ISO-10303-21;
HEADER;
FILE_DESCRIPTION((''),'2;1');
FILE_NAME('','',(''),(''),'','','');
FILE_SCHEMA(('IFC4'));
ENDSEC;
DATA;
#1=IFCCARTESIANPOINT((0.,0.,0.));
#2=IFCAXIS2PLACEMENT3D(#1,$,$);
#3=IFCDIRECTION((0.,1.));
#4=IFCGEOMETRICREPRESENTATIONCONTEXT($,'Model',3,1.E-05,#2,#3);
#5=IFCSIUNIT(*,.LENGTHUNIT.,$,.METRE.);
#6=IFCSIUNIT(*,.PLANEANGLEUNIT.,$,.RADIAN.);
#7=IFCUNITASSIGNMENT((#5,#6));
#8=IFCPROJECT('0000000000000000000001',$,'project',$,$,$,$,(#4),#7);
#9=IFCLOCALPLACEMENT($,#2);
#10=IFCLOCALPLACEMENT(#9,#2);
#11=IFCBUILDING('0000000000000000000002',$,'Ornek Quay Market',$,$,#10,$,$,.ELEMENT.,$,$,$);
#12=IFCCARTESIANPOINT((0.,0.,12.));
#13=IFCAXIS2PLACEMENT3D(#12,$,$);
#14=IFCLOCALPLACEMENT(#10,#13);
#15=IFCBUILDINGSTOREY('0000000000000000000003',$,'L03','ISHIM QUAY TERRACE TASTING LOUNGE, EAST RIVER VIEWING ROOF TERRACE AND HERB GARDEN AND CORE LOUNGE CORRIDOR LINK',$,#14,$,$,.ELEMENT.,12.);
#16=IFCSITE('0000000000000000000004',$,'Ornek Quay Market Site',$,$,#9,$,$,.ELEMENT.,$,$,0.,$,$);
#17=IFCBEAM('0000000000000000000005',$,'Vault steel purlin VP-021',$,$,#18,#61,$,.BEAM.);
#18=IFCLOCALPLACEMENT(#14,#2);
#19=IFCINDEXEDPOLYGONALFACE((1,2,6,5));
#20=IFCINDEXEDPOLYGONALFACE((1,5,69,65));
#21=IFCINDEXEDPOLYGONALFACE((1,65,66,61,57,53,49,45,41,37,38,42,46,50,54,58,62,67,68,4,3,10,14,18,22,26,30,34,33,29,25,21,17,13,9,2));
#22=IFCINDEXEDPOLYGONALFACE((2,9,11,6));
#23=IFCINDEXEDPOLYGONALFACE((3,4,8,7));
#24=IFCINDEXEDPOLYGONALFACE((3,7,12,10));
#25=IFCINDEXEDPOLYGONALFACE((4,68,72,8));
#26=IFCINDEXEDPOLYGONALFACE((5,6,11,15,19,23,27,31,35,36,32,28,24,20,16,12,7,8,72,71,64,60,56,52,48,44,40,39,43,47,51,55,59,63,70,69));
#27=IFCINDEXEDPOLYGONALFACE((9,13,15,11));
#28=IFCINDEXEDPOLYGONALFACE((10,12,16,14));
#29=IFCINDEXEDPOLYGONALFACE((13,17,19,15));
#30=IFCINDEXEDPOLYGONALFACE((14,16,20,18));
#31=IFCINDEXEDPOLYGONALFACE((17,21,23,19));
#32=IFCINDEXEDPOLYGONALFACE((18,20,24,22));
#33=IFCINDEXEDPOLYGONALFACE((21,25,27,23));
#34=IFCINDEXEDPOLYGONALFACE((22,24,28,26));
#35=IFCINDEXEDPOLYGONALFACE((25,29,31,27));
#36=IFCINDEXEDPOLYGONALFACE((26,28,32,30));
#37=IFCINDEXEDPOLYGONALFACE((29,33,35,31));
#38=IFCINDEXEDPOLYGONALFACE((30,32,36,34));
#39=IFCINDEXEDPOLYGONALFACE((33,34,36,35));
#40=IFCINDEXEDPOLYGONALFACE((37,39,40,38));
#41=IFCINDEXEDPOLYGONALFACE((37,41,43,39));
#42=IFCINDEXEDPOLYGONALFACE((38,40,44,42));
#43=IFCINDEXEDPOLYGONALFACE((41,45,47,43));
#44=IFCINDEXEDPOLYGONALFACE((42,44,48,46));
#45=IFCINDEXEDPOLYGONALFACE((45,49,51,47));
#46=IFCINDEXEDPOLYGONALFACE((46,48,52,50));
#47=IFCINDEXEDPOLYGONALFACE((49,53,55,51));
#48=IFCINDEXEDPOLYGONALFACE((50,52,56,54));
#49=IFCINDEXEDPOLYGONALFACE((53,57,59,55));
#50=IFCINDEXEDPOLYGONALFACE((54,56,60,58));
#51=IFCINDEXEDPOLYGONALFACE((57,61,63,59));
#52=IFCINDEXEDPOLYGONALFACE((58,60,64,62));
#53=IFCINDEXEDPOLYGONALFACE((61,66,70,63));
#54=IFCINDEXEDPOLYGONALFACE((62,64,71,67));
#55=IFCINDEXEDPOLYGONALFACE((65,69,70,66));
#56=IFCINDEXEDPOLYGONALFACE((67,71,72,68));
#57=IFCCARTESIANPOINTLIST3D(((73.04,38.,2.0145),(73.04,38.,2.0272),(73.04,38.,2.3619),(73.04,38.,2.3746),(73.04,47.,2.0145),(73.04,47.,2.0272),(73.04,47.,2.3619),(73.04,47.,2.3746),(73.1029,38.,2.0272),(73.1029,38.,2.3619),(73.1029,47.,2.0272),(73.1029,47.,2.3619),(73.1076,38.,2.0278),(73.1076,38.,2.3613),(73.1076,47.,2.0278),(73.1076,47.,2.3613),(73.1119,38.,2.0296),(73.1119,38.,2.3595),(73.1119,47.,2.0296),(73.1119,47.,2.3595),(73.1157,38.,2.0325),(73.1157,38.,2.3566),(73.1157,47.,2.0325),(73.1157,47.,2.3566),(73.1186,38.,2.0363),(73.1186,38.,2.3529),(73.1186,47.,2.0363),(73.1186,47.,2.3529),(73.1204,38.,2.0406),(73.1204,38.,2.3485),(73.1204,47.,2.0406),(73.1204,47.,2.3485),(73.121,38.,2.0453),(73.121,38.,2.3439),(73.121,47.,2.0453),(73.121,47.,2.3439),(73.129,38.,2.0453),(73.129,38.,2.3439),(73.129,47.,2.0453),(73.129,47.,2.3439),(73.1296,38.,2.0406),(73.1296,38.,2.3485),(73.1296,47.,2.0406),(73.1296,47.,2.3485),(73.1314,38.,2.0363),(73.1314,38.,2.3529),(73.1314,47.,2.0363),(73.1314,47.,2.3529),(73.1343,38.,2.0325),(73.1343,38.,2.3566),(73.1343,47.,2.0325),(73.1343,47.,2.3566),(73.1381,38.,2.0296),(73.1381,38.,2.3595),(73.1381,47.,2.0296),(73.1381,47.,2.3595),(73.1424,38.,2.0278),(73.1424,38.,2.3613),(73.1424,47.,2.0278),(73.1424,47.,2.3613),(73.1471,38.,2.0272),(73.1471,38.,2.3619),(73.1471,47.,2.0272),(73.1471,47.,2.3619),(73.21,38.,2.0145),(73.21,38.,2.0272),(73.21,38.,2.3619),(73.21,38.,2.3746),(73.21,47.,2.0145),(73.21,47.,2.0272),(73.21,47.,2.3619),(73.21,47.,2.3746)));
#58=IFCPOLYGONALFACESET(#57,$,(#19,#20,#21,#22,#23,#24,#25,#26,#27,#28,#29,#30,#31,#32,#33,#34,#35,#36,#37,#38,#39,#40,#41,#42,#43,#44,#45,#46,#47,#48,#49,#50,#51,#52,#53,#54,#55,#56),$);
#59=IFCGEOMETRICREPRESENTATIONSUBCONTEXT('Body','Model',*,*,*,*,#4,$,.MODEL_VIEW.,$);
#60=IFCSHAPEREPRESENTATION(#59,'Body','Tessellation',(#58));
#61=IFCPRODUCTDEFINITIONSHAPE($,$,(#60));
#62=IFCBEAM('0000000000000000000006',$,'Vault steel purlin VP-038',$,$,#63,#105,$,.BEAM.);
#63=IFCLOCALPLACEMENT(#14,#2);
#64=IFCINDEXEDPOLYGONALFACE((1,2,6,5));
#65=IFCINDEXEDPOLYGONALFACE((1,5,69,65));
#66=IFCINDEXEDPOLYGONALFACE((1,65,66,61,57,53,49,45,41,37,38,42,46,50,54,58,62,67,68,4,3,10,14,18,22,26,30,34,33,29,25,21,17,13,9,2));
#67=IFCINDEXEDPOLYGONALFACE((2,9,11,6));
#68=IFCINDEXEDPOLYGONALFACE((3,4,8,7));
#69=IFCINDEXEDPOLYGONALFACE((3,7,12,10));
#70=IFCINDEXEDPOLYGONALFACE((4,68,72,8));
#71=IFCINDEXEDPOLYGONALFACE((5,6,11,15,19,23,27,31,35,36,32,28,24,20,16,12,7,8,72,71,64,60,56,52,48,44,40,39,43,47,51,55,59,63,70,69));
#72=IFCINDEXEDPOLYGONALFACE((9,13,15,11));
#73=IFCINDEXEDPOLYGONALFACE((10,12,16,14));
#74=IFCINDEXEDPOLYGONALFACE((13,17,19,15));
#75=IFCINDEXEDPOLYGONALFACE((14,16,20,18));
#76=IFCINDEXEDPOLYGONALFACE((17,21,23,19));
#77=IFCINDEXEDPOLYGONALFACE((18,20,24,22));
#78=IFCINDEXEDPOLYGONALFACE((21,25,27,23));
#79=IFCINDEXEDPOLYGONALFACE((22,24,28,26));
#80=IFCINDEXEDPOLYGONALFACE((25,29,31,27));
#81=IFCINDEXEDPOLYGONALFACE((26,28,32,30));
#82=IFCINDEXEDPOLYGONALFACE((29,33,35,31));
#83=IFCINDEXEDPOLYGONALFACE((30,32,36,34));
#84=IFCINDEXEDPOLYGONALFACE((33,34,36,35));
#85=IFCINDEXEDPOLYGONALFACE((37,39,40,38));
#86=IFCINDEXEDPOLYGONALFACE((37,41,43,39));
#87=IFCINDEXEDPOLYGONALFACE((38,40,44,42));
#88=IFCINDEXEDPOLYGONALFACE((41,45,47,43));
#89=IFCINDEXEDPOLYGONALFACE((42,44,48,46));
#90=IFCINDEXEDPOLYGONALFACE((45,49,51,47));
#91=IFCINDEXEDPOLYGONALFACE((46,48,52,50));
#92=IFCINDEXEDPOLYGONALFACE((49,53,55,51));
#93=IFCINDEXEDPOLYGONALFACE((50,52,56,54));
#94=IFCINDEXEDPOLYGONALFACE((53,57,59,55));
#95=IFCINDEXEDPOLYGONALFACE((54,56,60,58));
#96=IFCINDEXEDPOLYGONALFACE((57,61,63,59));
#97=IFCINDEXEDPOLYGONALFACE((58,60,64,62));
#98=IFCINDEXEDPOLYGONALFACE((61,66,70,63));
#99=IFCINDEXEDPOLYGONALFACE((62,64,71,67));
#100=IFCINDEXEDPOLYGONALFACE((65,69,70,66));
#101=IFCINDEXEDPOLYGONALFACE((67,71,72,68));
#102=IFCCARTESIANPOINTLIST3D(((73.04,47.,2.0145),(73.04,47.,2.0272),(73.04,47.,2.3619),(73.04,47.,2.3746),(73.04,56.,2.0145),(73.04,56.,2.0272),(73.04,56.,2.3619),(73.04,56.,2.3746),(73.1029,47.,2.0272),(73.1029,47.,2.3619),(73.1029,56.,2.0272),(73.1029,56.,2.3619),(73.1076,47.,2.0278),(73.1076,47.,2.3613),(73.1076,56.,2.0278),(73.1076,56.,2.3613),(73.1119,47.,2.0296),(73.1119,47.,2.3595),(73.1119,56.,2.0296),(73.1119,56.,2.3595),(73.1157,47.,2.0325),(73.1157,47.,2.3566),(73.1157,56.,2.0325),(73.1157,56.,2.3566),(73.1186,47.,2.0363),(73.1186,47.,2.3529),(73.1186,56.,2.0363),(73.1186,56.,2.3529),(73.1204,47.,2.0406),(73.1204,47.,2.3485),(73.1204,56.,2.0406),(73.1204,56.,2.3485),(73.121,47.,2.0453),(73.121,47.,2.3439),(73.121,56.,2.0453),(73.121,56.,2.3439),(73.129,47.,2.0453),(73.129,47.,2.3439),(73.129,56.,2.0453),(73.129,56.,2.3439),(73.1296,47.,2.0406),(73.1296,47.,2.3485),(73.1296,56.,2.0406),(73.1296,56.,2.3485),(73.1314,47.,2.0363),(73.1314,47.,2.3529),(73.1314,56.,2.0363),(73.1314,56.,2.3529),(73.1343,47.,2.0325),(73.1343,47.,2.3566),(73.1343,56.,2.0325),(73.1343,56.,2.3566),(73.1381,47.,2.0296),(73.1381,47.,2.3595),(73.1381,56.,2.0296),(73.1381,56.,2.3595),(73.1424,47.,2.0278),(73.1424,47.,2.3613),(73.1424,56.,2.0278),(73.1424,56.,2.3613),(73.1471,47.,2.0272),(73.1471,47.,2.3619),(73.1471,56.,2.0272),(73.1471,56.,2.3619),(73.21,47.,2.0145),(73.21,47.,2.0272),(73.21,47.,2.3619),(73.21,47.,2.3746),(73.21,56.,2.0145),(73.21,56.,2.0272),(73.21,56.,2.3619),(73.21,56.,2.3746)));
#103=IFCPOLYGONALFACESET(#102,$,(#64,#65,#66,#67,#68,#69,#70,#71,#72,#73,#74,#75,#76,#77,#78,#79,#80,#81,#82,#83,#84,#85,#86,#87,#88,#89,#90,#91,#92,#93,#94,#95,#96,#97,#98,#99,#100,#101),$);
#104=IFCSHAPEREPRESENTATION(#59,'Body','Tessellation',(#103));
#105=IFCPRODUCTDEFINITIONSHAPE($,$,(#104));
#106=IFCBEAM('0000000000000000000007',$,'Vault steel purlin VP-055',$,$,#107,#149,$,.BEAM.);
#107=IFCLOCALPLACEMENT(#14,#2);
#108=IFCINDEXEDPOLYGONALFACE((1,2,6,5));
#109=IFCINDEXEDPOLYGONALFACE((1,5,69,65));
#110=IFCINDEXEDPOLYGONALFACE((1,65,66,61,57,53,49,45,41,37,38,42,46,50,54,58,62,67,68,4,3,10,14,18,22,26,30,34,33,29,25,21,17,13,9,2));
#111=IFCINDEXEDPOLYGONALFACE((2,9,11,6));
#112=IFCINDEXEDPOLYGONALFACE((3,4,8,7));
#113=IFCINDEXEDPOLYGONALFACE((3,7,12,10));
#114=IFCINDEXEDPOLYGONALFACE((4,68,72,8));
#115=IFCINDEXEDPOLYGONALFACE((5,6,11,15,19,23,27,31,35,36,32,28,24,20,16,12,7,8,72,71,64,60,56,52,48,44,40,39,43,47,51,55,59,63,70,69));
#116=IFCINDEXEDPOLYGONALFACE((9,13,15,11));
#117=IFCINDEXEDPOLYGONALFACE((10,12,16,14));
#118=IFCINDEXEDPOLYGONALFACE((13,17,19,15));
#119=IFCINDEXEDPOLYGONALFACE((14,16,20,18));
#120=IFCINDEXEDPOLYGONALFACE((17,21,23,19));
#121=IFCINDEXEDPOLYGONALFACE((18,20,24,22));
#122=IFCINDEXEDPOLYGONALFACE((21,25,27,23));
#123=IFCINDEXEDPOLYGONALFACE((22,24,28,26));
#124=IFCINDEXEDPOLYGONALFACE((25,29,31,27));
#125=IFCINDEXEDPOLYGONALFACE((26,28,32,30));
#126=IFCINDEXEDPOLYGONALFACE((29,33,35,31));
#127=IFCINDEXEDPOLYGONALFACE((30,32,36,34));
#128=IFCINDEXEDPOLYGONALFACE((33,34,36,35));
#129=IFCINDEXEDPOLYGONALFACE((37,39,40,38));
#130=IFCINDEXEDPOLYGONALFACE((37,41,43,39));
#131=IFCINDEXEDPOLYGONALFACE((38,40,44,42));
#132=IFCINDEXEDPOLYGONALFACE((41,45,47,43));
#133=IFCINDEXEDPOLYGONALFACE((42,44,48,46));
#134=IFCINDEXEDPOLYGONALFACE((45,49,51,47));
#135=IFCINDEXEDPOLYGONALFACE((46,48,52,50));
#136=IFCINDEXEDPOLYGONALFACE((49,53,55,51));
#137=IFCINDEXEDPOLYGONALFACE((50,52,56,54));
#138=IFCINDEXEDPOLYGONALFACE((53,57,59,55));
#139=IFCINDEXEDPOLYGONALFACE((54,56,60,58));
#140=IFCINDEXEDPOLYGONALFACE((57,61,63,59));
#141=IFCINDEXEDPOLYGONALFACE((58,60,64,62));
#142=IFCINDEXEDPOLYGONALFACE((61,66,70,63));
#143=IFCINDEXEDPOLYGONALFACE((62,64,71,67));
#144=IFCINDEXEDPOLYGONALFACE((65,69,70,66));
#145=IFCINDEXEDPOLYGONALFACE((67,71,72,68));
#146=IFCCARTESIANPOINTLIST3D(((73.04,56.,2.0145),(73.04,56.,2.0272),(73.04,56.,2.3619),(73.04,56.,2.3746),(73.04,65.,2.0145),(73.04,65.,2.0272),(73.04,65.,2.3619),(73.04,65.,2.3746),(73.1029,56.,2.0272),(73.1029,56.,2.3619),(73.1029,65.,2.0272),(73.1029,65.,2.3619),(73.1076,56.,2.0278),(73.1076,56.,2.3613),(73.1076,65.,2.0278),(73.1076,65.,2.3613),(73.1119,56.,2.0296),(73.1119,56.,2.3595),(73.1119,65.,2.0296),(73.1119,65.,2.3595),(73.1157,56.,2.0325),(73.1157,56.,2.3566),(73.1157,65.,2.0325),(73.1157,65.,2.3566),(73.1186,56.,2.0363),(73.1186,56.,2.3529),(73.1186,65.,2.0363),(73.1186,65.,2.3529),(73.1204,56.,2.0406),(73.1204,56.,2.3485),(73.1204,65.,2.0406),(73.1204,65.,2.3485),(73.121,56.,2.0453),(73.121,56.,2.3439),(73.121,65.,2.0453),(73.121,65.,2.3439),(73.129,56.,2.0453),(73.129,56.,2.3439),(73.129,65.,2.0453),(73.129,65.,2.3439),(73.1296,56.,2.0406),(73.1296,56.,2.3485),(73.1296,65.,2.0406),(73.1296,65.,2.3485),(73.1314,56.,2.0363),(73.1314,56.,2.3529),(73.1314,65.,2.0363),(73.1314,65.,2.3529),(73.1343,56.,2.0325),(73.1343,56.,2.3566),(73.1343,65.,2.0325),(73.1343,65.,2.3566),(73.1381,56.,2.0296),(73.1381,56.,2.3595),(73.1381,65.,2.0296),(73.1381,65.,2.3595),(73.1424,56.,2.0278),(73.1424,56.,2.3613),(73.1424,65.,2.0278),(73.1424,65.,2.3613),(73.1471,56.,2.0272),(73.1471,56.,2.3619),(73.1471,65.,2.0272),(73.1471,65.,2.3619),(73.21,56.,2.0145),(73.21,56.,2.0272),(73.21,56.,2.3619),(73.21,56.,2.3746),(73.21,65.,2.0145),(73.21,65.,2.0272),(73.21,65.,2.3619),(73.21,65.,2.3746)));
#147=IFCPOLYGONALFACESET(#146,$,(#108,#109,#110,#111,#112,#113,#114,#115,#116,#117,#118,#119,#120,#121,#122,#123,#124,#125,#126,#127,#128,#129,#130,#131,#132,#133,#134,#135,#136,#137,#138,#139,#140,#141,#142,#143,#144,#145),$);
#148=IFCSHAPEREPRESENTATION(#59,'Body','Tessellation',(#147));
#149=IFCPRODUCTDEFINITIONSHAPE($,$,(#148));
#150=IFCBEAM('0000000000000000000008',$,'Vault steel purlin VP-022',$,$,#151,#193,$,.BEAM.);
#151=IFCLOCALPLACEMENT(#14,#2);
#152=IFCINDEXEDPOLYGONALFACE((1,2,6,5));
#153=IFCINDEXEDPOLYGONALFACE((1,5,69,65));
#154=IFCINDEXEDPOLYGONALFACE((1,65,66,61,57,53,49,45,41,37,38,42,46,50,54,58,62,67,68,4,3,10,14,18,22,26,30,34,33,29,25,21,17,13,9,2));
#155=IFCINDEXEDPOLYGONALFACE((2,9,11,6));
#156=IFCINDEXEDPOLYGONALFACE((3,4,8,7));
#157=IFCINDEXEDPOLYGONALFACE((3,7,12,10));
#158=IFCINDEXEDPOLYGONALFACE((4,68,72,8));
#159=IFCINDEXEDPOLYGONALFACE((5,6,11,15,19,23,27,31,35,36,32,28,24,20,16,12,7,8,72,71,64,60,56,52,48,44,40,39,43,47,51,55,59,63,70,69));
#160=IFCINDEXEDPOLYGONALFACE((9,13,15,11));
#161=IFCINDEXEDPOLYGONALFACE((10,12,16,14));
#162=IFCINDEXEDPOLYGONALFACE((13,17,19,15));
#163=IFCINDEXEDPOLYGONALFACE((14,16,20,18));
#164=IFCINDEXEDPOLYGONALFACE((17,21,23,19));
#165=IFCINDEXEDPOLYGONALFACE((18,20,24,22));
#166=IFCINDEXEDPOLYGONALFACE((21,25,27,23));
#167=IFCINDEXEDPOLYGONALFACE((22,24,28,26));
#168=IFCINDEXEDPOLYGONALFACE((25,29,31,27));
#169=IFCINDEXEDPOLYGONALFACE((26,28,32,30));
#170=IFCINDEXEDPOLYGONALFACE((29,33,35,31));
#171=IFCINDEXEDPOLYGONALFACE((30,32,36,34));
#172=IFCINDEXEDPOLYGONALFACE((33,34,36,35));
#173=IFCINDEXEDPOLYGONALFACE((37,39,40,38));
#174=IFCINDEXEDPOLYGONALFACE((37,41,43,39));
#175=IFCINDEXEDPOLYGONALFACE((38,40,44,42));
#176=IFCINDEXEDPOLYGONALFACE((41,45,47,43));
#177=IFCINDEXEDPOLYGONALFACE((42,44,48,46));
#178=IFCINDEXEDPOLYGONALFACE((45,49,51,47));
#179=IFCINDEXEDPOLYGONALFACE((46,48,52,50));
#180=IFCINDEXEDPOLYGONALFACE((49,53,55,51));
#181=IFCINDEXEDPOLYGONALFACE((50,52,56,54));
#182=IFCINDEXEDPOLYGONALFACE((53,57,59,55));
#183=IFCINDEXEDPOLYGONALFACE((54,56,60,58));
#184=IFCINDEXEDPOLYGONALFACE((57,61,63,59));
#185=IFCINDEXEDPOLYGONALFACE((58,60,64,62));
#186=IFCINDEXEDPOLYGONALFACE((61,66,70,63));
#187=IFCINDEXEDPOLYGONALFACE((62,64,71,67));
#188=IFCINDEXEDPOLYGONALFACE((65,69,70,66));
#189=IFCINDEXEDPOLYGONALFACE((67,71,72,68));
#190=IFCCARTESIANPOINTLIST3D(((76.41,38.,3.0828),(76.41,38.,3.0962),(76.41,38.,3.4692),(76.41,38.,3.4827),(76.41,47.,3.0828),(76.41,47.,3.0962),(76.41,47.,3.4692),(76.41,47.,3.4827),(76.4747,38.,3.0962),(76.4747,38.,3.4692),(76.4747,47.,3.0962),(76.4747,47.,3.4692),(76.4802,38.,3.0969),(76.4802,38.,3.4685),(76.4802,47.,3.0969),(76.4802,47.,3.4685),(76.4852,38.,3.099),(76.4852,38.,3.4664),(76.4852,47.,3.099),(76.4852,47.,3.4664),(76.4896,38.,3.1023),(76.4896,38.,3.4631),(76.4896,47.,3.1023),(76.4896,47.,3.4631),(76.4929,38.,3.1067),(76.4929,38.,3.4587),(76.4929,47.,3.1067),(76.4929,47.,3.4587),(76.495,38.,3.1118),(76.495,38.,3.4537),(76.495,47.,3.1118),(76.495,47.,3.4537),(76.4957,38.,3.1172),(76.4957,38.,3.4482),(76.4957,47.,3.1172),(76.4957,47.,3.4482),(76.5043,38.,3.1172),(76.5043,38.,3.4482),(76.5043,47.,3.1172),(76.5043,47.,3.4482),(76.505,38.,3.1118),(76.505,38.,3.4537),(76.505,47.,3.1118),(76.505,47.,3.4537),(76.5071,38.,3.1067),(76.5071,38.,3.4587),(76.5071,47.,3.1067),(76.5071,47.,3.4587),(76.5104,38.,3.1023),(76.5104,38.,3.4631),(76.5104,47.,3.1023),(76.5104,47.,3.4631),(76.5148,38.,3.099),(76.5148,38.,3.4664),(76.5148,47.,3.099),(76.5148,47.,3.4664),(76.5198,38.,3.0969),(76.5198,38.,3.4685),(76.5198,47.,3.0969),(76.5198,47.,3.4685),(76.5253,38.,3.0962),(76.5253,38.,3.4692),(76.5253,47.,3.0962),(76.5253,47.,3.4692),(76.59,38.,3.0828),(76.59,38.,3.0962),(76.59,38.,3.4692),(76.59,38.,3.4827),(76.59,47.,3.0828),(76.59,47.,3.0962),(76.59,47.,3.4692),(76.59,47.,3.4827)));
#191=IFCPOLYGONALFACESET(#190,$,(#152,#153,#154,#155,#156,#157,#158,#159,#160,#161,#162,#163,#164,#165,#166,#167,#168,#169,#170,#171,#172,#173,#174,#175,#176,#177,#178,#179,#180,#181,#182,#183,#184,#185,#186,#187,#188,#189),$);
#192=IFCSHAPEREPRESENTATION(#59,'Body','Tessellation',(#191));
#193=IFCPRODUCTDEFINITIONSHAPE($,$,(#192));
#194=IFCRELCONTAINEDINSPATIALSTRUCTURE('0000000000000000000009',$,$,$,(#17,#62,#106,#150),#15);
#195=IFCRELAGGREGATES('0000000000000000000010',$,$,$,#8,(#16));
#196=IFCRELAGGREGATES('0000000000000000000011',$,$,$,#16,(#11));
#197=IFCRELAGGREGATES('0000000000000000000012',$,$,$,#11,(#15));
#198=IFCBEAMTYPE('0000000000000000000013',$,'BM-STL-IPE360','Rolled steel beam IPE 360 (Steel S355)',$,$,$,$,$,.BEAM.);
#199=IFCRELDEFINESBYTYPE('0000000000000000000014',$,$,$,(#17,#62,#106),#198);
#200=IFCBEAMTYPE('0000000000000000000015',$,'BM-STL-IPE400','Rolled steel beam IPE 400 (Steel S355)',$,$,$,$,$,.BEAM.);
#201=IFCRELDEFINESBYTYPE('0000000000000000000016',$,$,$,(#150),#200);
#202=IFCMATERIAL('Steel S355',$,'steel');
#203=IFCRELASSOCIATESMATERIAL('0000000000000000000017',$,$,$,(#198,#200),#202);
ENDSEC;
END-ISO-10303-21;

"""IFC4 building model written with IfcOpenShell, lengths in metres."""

from ifc_helpers import new_model, si_unit, direction, frame, origin, origin_2d, place, context, subcontext, project, spatial, i_section, extrude, material, material_profile, profile_set, type_object, element, save


model = new_model("IFC4")

# Units and contexts
model_context = context("Model", 3, precision=1e-05, world=origin(), true_north=direction((0.0, 1.0)))
body_context = subcontext(model_context, "Body", "Model", "MODEL_VIEW")
ifc_project = project(units=[si_unit("LENGTHUNIT", "METRE"), si_unit("PLANEANGLEUNIT", "RADIAN")], contexts=[model_context])

# Site, building, storey
site_placement = place(None, origin())
site = spatial("IfcSite", under=ifc_project, at=site_placement, Name="Ornek Quay Market Site", CompositionType="ELEMENT", RefElevation=0.0)
building_placement = place(site_placement, origin())
building = spatial("IfcBuilding", under=site, at=building_placement, Name="Ornek Quay Market", CompositionType="ELEMENT")
storey_placement = place(building_placement, frame((0.0, 0.0, 12.0)))
storey = spatial("IfcBuildingStorey", under=building, at=storey_placement, Name="L03", Description="ISHIM QUAY TERRACE TASTING LOUNGE, EAST RIVER VIEWING ROOF TERRACE AND HERB GARDEN AND CORE LOUNGE CORRIDOR LINK", CompositionType="ELEMENT", Elevation=12.0)

# Beams
ifc_material_1 = material(Name="Steel S355", Category="steel")
ifc_material_profile_1 = material_profile(ifc_material_1, i_section(OverallWidth=0.1699, OverallDepth=0.3601, WebThickness=0.0081, FlangeThickness=0.0127, FilletRadius=0.0181, at=origin_2d()), Name="IPE 360", Category="steel")
ifc_profile_set_1 = profile_set([ifc_material_profile_1], Name="Steel S355")
beam_type_1 = type_object("IfcBeamType", Name="BM-STL-IPE360", Description="Rolled steel beam IPE 360 (Steel S355)", PredefinedType="BEAM", material=ifc_profile_set_1)
for number, where, z_axis, x_axis, name in (
    (1, (73.125, 38.0, 2.1946), (0.0, 1.0, 0.0), (-1.0, 0.0, 0.0), "Vault steel purlin VP-021"),
    (2, (73.125, 47.0, 2.1946), (0.0, 1.0, 0.0), (-1.0, 0.0, 0.0), "Vault steel purlin VP-038"),
    (3, (73.125, 56.0, 2.1946), (0.0, 1.0, 0.0), (-1.0, 0.0, 0.0), "Vault steel purlin VP-055"),
):
    element("IfcBeam", number, at=place(storey_placement, frame(where, z_axis=z_axis, x_axis=x_axis)), inside=storey, type_object=beam_type_1, Name=name, PredefinedType="BEAM", context=body_context, shape_type="SweptSolid", body=[
        extrude(i_section(OverallWidth=0.1699, OverallDepth=0.3601, WebThickness=0.0081, FlangeThickness=0.0127, FilletRadius=0.0181, at=origin_2d()), origin(), (0.0, 0.0, 1.0), 9.0),
    ])
ifc_material_profile_2 = material_profile(ifc_material_1, i_section(OverallWidth=0.1799, OverallDepth=0.3999, WebThickness=0.0085, FlangeThickness=0.0134, FilletRadius=0.021, at=origin_2d()), Name="IPE 400", Category="steel")
ifc_profile_set_2 = profile_set([ifc_material_profile_2], Name="Steel S355")
beam_type_2 = type_object("IfcBeamType", Name="BM-STL-IPE400", Description="Rolled steel beam IPE 400 (Steel S355)", PredefinedType="BEAM", material=ifc_profile_set_2)
for number, where, z_axis, x_axis, name in (
    (4, (76.5, 38.0, 3.2827), (0.0, 1.0, 0.0), (-1.0, 0.0, 0.0), "Vault steel purlin VP-022"),
):
    element("IfcBeam", number, at=place(storey_placement, frame(where, z_axis=z_axis, x_axis=x_axis)), inside=storey, type_object=beam_type_2, Name=name, PredefinedType="BEAM", context=body_context, shape_type="SweptSolid", body=[
        extrude(i_section(OverallWidth=0.1799, OverallDepth=0.3999, WebThickness=0.0085, FlangeThickness=0.0134, FilletRadius=0.021, at=origin_2d()), origin(), (0.0, 0.0, 1.0), 9.0),
    ])

save(model, "model.ifc")
